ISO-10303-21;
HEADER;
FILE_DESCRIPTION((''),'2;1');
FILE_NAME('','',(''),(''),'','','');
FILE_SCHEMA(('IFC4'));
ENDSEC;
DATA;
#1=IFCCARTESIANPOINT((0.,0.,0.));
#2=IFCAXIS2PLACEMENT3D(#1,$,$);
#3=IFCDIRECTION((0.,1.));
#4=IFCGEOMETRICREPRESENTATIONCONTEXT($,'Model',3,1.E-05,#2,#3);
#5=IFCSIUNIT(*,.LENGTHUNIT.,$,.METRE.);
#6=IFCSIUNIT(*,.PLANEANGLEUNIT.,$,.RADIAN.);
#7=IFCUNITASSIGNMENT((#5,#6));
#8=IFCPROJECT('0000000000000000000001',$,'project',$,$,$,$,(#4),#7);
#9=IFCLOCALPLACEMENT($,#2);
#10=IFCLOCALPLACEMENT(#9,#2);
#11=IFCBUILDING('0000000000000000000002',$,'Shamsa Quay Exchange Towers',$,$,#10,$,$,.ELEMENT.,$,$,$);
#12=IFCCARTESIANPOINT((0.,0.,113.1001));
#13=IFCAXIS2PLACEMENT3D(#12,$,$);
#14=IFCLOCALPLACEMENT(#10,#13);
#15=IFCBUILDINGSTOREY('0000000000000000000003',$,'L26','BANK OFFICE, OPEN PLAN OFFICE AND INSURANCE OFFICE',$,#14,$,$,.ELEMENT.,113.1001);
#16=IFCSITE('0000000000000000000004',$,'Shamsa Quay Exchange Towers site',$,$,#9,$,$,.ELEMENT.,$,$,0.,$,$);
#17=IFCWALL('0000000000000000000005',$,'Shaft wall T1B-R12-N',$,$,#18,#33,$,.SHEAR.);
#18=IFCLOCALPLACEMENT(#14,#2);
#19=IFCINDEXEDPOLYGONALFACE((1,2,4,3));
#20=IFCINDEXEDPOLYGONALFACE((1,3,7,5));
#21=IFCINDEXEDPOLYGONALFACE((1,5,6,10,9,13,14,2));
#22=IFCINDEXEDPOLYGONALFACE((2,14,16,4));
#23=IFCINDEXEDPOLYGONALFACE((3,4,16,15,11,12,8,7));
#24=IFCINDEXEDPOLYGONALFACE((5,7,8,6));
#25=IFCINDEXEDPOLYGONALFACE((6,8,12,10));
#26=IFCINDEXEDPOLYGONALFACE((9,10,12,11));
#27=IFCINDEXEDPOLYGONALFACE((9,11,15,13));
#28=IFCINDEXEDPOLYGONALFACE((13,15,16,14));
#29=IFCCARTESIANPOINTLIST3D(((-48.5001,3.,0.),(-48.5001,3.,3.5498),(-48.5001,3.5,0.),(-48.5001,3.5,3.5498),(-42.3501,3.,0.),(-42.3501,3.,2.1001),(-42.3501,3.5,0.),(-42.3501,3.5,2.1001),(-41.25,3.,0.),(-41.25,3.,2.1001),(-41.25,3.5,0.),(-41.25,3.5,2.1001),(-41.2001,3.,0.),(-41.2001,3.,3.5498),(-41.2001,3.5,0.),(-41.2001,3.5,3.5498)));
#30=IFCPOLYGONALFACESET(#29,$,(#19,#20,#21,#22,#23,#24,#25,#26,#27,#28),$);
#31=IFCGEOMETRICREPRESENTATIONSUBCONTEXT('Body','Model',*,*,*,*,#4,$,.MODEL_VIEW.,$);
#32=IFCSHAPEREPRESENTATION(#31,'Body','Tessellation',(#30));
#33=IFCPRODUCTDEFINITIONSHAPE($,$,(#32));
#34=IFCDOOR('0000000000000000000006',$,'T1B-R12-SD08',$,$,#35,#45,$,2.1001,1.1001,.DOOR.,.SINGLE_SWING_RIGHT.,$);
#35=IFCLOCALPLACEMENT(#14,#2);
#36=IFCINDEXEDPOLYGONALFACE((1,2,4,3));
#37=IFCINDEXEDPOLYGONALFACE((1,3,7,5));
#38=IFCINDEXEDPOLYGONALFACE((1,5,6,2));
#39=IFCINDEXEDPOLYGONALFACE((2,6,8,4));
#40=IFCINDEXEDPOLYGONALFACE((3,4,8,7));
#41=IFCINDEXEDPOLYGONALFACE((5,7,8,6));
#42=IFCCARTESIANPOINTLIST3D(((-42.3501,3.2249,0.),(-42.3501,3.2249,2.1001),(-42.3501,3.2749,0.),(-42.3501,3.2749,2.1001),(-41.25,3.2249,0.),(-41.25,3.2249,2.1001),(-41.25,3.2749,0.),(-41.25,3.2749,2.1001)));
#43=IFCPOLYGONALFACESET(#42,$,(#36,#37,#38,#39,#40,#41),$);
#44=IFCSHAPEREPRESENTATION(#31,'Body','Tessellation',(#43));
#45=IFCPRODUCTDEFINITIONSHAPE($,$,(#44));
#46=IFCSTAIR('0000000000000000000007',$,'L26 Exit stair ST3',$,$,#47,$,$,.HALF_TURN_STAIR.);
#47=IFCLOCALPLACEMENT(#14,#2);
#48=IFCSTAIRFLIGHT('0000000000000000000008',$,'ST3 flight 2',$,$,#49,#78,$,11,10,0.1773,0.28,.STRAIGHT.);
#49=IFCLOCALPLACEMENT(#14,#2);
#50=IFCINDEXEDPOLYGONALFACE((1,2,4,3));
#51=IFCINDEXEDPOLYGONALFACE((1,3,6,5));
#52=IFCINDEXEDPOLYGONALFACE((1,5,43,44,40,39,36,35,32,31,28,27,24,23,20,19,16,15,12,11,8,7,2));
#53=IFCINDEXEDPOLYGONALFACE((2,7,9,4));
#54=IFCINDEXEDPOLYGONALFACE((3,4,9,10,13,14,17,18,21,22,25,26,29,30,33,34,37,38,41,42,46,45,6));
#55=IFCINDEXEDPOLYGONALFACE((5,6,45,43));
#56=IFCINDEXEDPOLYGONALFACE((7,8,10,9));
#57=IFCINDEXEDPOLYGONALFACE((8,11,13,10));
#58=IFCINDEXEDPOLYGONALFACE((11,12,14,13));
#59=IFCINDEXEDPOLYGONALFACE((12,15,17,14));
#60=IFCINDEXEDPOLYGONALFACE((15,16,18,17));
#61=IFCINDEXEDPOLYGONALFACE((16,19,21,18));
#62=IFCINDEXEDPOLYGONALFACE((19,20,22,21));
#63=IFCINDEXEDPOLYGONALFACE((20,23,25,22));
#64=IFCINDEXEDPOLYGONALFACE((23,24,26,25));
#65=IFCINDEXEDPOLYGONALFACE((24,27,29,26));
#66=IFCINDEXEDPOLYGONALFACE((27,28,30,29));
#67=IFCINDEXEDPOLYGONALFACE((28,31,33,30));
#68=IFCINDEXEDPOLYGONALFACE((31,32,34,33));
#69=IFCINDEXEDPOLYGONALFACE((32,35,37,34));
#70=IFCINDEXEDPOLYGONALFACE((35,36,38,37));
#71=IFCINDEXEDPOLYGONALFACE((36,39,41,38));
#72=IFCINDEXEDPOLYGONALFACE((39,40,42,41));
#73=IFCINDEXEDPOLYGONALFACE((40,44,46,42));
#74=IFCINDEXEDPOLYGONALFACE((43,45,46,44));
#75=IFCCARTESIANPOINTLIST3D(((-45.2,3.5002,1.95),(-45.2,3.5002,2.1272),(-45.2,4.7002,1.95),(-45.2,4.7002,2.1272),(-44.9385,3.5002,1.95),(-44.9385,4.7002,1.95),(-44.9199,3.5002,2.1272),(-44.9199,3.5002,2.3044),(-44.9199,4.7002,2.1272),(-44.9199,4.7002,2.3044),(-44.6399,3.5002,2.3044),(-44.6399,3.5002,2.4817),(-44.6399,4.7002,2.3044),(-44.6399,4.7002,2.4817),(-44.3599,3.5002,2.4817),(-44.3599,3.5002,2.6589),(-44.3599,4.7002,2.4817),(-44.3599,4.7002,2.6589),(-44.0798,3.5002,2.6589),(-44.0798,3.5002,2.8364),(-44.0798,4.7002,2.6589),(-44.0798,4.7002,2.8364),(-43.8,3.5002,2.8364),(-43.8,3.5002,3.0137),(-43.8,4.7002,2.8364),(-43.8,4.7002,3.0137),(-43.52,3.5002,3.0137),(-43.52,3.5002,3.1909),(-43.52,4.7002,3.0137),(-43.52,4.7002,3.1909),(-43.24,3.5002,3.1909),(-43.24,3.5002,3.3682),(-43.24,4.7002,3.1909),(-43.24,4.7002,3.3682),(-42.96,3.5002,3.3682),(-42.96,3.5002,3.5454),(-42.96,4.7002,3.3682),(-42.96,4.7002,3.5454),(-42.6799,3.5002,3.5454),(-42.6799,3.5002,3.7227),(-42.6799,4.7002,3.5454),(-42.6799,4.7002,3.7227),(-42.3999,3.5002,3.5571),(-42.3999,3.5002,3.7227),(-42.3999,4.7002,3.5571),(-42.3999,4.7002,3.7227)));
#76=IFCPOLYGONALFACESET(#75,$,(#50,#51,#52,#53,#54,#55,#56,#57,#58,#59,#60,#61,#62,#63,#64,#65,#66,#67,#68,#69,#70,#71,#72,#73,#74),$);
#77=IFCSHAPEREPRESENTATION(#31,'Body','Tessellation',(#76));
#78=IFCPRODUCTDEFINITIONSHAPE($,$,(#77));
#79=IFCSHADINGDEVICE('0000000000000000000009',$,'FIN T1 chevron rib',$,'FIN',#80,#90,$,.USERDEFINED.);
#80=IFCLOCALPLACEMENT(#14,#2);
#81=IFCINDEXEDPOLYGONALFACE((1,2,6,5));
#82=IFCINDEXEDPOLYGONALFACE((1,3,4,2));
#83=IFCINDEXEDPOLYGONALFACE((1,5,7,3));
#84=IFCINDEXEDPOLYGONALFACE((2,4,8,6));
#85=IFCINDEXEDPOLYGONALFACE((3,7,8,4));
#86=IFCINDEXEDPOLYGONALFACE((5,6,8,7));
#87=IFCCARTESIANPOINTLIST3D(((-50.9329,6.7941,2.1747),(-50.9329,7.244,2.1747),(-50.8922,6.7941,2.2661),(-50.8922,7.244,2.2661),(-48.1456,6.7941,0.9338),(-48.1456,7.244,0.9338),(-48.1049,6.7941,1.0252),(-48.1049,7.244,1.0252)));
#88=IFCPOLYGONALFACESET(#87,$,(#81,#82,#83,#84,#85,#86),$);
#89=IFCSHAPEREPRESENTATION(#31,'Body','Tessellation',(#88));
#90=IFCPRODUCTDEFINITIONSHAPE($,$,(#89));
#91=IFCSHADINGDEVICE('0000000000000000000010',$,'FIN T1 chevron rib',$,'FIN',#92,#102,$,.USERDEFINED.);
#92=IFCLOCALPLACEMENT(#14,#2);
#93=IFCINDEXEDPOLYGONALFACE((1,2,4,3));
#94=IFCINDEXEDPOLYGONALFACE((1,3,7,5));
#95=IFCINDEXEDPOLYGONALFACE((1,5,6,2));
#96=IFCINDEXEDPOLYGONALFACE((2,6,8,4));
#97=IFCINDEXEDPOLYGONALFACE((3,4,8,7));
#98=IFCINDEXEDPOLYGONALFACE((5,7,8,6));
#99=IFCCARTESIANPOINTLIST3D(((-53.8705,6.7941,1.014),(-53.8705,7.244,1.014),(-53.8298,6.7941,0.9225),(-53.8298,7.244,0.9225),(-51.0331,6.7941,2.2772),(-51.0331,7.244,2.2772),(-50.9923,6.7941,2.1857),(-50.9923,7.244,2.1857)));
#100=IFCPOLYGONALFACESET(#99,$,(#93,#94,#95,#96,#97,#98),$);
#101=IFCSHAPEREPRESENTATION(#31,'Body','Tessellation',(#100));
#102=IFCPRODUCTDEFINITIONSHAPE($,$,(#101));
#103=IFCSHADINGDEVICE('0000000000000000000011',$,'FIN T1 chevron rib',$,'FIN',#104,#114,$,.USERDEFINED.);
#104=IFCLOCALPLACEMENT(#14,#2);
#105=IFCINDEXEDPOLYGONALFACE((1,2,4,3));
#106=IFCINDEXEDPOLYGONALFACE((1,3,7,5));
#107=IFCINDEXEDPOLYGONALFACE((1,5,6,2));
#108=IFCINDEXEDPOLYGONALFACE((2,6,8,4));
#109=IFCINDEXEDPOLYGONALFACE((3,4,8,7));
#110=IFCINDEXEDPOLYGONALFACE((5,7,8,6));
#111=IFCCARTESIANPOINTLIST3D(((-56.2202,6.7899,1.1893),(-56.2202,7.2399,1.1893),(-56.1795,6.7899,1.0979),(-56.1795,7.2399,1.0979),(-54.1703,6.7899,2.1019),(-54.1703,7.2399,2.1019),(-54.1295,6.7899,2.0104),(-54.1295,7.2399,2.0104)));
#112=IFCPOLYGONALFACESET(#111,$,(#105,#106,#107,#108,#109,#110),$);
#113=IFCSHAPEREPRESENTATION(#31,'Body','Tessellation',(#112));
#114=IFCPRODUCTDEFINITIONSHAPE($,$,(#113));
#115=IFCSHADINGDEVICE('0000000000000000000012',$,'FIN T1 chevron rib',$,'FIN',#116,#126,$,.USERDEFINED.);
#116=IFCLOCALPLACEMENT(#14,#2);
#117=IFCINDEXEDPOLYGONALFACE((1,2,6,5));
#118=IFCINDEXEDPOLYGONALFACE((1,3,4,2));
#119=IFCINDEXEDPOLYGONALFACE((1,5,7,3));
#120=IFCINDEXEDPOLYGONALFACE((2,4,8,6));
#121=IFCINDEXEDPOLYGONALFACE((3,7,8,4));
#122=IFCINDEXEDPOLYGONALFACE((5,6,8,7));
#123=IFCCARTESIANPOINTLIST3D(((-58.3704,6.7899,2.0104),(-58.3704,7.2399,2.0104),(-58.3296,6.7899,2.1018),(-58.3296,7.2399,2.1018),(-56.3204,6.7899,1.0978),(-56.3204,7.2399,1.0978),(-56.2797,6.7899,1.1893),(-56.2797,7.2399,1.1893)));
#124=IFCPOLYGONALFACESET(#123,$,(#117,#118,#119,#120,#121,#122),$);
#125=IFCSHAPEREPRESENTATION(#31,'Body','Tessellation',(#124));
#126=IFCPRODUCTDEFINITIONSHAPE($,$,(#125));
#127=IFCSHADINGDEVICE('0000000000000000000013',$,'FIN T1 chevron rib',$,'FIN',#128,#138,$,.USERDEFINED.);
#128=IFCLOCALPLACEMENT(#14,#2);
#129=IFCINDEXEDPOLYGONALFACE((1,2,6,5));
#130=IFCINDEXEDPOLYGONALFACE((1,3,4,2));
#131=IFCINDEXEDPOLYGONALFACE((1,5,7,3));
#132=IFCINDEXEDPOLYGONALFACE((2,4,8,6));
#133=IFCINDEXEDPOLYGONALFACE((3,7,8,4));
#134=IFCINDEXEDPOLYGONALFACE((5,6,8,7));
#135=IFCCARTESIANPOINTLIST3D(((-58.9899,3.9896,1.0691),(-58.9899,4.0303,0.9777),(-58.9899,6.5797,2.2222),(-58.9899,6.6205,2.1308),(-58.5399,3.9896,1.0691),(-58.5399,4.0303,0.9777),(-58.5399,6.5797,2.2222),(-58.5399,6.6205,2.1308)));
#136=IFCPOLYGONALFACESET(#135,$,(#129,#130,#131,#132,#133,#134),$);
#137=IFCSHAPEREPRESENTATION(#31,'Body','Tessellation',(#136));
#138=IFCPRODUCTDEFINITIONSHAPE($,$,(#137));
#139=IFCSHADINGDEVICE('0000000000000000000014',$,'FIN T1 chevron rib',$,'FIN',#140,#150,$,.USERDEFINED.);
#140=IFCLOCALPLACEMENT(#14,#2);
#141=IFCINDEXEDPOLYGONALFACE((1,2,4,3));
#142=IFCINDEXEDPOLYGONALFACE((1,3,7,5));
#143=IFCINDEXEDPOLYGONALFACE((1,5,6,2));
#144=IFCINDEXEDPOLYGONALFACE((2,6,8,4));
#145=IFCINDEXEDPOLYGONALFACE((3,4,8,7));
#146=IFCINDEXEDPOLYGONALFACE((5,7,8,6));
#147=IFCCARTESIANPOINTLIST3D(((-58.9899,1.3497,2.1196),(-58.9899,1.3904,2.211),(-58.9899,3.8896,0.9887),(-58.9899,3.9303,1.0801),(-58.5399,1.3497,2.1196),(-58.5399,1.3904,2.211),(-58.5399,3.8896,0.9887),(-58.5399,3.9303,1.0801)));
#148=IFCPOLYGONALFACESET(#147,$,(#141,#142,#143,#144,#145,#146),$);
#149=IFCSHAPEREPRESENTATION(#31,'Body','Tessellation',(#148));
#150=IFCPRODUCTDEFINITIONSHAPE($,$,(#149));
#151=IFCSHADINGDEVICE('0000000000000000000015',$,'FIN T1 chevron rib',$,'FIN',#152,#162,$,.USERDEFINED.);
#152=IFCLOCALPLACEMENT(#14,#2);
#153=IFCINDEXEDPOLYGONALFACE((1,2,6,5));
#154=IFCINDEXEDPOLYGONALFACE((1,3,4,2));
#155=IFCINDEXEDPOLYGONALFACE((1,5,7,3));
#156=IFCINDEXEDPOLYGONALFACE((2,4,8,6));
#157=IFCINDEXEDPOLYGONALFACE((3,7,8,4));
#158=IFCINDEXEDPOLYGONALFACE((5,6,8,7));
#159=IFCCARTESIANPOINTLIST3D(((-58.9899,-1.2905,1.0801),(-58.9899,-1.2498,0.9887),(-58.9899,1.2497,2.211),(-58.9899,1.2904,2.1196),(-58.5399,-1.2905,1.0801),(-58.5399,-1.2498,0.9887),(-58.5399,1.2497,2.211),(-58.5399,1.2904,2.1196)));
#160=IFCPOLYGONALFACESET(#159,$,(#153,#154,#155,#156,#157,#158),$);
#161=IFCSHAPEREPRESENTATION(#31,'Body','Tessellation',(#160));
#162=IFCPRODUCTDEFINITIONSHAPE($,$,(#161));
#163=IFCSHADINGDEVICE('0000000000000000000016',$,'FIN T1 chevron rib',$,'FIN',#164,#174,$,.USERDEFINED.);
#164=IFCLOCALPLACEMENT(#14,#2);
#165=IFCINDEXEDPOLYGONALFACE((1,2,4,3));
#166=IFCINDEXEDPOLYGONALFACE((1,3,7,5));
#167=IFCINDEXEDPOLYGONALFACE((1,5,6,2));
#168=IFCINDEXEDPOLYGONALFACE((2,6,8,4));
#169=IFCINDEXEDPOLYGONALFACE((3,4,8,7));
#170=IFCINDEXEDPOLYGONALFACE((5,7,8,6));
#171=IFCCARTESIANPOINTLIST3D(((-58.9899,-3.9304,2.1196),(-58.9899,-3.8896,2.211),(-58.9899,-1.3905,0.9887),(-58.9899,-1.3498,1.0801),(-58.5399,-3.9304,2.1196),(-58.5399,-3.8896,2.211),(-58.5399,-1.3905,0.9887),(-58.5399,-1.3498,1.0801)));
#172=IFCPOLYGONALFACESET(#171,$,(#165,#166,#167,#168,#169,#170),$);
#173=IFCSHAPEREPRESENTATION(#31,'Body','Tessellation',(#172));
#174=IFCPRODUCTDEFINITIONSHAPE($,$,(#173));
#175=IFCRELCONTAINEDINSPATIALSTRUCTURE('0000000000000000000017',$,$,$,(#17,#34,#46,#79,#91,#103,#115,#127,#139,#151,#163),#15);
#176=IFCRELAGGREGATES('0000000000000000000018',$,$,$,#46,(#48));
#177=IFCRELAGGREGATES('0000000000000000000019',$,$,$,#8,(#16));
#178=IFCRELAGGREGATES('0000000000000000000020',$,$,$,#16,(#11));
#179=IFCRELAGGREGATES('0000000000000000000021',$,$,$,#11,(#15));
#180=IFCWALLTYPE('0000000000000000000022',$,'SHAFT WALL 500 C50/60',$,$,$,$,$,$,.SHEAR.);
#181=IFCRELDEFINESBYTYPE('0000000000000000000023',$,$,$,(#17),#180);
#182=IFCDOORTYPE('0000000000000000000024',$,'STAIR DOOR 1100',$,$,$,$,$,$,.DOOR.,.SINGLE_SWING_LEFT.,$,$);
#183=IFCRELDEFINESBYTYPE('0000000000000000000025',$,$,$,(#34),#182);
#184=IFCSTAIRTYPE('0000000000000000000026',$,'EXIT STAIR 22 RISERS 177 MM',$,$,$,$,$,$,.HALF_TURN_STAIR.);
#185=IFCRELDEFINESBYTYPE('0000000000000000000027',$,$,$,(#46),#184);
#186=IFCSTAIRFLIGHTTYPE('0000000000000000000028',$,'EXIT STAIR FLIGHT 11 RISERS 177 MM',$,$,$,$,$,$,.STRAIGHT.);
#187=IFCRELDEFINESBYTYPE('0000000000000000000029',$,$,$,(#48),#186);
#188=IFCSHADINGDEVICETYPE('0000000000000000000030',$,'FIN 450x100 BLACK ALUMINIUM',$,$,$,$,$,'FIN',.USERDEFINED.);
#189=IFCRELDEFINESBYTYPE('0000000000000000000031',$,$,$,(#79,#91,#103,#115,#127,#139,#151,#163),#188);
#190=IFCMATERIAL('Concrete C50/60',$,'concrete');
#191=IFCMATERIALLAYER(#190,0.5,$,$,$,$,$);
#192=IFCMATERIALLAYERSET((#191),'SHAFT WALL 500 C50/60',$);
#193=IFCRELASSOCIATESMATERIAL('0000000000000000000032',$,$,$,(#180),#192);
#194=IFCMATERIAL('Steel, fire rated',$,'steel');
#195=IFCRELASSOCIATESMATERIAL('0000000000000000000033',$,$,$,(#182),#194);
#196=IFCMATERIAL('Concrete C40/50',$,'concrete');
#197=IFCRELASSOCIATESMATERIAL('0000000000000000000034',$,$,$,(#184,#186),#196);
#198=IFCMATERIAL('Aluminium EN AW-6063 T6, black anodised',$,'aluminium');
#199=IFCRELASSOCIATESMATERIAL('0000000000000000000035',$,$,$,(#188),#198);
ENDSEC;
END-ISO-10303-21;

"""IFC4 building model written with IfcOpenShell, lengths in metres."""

from ifc_helpers import new_model, si_unit, direction, frame, frame_2d, origin, origin_2d, place, context, subcontext, project, spatial, polyline, rectangle, outline, extrude, material, layer, layer_set, material_profile, profile_set, type_object, element, fill, aggregate, save


model = new_model("IFC4")

# Units and contexts
model_context = context("Model", 3, precision=1e-05, world=origin(), true_north=direction((0.0, 1.0)))
body_context = subcontext(model_context, "Body", "Model", "MODEL_VIEW")
ifc_project = project(units=[si_unit("LENGTHUNIT", "METRE"), si_unit("PLANEANGLEUNIT", "RADIAN")], contexts=[model_context])

# Site, building, storey
site_placement = place(None, origin())
site = spatial("IfcSite", under=ifc_project, at=site_placement, Name="Shamsa Quay Exchange Towers site", CompositionType="ELEMENT", RefElevation=0.0)
building_placement = place(site_placement, origin())
building = spatial("IfcBuilding", under=site, at=building_placement, Name="Shamsa Quay Exchange Towers", CompositionType="ELEMENT")
storey_placement = place(building_placement, frame((0.0, 0.0, 113.1001)))
storey = spatial("IfcBuildingStorey", under=building, at=storey_placement, Name="L26", Description="BANK OFFICE, OPEN PLAN OFFICE AND INSURANCE OFFICE", CompositionType="ELEMENT", Elevation=113.1001)

# Shared definitions
ifc_material_1 = material(Name="Aluminium EN AW-6063 T6, black anodised", Category="aluminium")

# Shared definitions
ifc_material_2 = material(Name="Concrete C50/60", Category="concrete")
ifc_material_3 = material(Name="Steel, fire rated", Category="steel")

# Wall, opening, door
ifc_layer_1 = layer(ifc_material_2, 0.5)
ifc_layer_set_1 = layer_set([ifc_layer_1], Name="SHAFT WALL 500 C50/60")
wall_type_1 = type_object("IfcWallType", Name="SHAFT WALL 500 C50/60", PredefinedType="SHEAR", material=ifc_layer_set_1)
wall_1_placement = place(storey_placement, frame((-48.5, 3.25, 0.0)))
wall_1 = element("IfcWall", 1, at=wall_1_placement, inside=storey, type_object=wall_type_1, Name="Shaft wall T1B-R12-N", PredefinedType="SHEAR", context=body_context, shape_type="SweptSolid", body=[
    extrude(rectangle(XDim=7.3, YDim=0.5, at=frame_2d((3.6499, 0.0))), origin(), (0.0, 0.0, 1.0), 3.5498),
])
opening_1_placement = place(wall_1_placement, frame((6.1499, 0.0, 0.0)))
opening_1 = element("IfcOpeningElement", 2, at=opening_1_placement, cuts=wall_1, PredefinedType="OPENING", context=body_context, shape_type="SweptSolid", body=[
    extrude(rectangle(XDim=1.1001, YDim=2.1001, at=frame_2d((0.55, 1.05))), frame((0.0, 0.26, 0.0), z_axis=(0.0, -1.0, 0.0), x_axis=(1.0, 0.0, 0.0)), (0.0, 0.0, 1.0), 0.52),
])
door_type_1 = type_object("IfcDoorType", Name="STAIR DOOR 1100", OperationType="SINGLE_SWING_LEFT", PredefinedType="DOOR", material=ifc_material_3)
door_1_placement = place(opening_1_placement, origin())
door_1 = element("IfcDoor", 3, at=door_1_placement, inside=storey, type_object=door_type_1, Name="T1B-R12-SD08", OperationType="SINGLE_SWING_RIGHT", OverallHeight=2.1001, OverallWidth=1.1001, PredefinedType="DOOR", context=body_context, shape_type="SweptSolid", body=[
    extrude(rectangle(XDim=1.1001, YDim=2.1001, at=frame_2d((0.55, 1.05))), frame((0.0, 0.0249, 0.0), z_axis=(0.0, -1.0, 0.0), x_axis=(1.0, 0.0, 0.0)), (0.0, 0.0, 1.0), 0.05),
])
fill(opening_1, door_1)

# Stair, stair flight
ifc_material_4 = material(Name="Concrete C40/50", Category="concrete")
stair_type = type_object("IfcStairType", Name="EXIT STAIR 22 RISERS 177 MM", PredefinedType="HALF_TURN_STAIR", material=ifc_material_4)
stair_placement = place(storey_placement, origin())
stair = element("IfcStair", 4, at=stair_placement, inside=storey, type_object=stair_type, Name="L26 Exit stair ST3", PredefinedType="HALF_TURN_STAIR")
stair_flight_type = type_object("IfcStairFlightType", Name="EXIT STAIR FLIGHT 11 RISERS 177 MM", PredefinedType="STRAIGHT", material=ifc_material_4)
stair_flight_placement = place(storey_placement, frame((-45.2, 4.1001, 1.95)))
stair_flight = element("IfcStairFlight", 5, at=stair_flight_placement, type_object=stair_flight_type, Name="ST3 flight 2", NumberOfRisers=11, NumberOfTreads=10, PredefinedType="STRAIGHT", RiserHeight=0.1773, TreadLength=0.28, context=body_context, shape_type="SweptSolid", body=[
    extrude(outline(polyline([(0.0, 0.0), (0.0, 0.1772), (0.28, 0.1772), (0.28, 0.3545), (0.5601, 0.3545), (0.5601, 0.5317), (0.8401, 0.5317), (0.8401, 0.709), (1.1201, 0.709), (1.1201, 0.8865), (1.3999, 0.8865), (1.3999, 1.0637), (1.6799, 1.0637), (1.6799, 1.241), (1.96, 1.241), (1.96, 1.4182), (2.24, 1.4182), (2.24, 1.5955), (2.52, 1.5955), (2.52, 1.7727), (2.8, 1.7727), (2.8, 1.95), (2.8, 1.6072), (0.2615, 0.0), (0.0, 0.0)])), frame((0.0, 0.6001, 0.0), z_axis=(0.0, -1.0, 0.0), x_axis=(1.0, 0.0, 0.0)), (0.0, 0.0, 1.0), 1.2),
])
aggregate(stair, [stair_flight])

# Shading devices
ifc_material_profile_1 = material_profile(ifc_material_1, rectangle(XDim=0.45, YDim=0.1001, at=origin_2d()), Name="FIN450x100")
ifc_profile_set_1 = profile_set([ifc_material_profile_1], Name="Aluminium EN AW-6063 T6, black anodised")
shading_device_type = type_object("IfcShadingDeviceType", Name="FIN 450x100 BLACK ALUMINIUM", ElementType="FIN", PredefinedType="USERDEFINED", material=ifc_profile_set_1)
shading_device_1_placement = place(storey_placement, frame((-48.1252, 7.019, 0.9795), z_axis=(-0.913551, 0.0, 0.406725), x_axis=(0.0, -1.0, 0.0)))
element("IfcShadingDevice", 6, at=shading_device_1_placement, inside=storey, type_object=shading_device_type, Name="FIN T1 chevron rib", ObjectType="FIN", PredefinedType="USERDEFINED", context=body_context, shape_type="SweptSolid", body=[
    extrude(rectangle(XDim=0.45, YDim=0.1001, at=origin_2d()), origin(), (0.0, 0.0, 1.0), 3.051),
])
shading_device_2_placement = place(storey_placement, frame((-51.0127, 7.019, 2.2314), z_axis=(-0.913559, 0.0, -0.406707), x_axis=(0.0, -1.0, 0.0)))
element("IfcShadingDevice", 7, at=shading_device_2_placement, inside=storey, type_object=shading_device_type, Name="FIN T1 chevron rib", ObjectType="FIN", PredefinedType="USERDEFINED", context=body_context, shape_type="SweptSolid", body=[
    extrude(rectangle(XDim=0.45, YDim=0.1001, at=origin_2d()), origin(), (0.0, 0.0, 1.0), 3.106),
])
for number, where, z_axis, x_axis, name in (
    (8, (-54.1499, 7.0149, 2.0562), (-0.913569, 0.0, -0.406684), (0.0, -1.0, 0.0), "FIN T1 chevron rib"),
    (9, (-56.3, 7.0149, 1.1436), (-0.913569, 0.0, 0.406684), (0.0, -1.0, 0.0), "FIN T1 chevron rib"),
):
    element("IfcShadingDevice", number, at=place(storey_placement, frame(where, z_axis=z_axis, x_axis=x_axis)), inside=storey, type_object=shading_device_type, Name=name, ObjectType="FIN", PredefinedType="USERDEFINED", context=body_context, shape_type="SweptSolid", body=[
        extrude(rectangle(XDim=0.45, YDim=0.1001, at=origin_2d()), origin(), (0.0, 0.0, 1.0), 2.2439),
    ])
shading_device_3_placement = place(storey_placement, frame((-58.7649, 6.6001, 2.1765), z_axis=(0.0, -0.913559, -0.406706), x_axis=(1.0, 0.0, 0.0)))
element("IfcShadingDevice", 10, at=shading_device_3_placement, inside=storey, type_object=shading_device_type, Name="FIN T1 chevron rib", ObjectType="FIN", PredefinedType="USERDEFINED", context=body_context, shape_type="SweptSolid", body=[
    extrude(rectangle(XDim=0.45, YDim=0.1001, at=origin_2d()), origin(), (0.0, 0.0, 1.0), 2.8352),
])
shading_device_4_placement = place(storey_placement, frame((-58.7649, 3.9099, 1.0344), z_axis=(0.0, -0.913536, 0.406758), x_axis=(1.0, 0.0, 0.0)))
element("IfcShadingDevice", 11, at=shading_device_4_placement, inside=storey, type_object=shading_device_type, Name="FIN T1 chevron rib", ObjectType="FIN", PredefinedType="USERDEFINED", context=body_context, shape_type="SweptSolid", body=[
    extrude(rectangle(XDim=0.45, YDim=0.1001, at=origin_2d()), origin(), (0.0, 0.0, 1.0), 2.7803),
])
shading_device_5_placement = place(storey_placement, frame((-58.7649, 1.27, 2.1653), z_axis=(0.0, -0.913551, -0.406725), x_axis=(1.0, 0.0, 0.0)))
element("IfcShadingDevice", 12, at=shading_device_5_placement, inside=storey, type_object=shading_device_type, Name="FIN T1 chevron rib", ObjectType="FIN", PredefinedType="USERDEFINED", context=body_context, shape_type="SweptSolid", body=[
    extrude(rectangle(XDim=0.45, YDim=0.1001, at=origin_2d()), origin(), (0.0, 0.0, 1.0), 2.7805),
])
shading_device_6_placement = place(storey_placement, frame((-58.7649, -1.3701, 1.0344), z_axis=(0.0, -0.913536, 0.406758), x_axis=(1.0, 0.0, 0.0)))
element("IfcShadingDevice", 13, at=shading_device_6_placement, inside=storey, type_object=shading_device_type, Name="FIN T1 chevron rib", ObjectType="FIN", PredefinedType="USERDEFINED", context=body_context, shape_type="SweptSolid", body=[
    extrude(rectangle(XDim=0.45, YDim=0.1001, at=origin_2d()), origin(), (0.0, 0.0, 1.0), 2.7803),
])

save(model, "model.ifc")
